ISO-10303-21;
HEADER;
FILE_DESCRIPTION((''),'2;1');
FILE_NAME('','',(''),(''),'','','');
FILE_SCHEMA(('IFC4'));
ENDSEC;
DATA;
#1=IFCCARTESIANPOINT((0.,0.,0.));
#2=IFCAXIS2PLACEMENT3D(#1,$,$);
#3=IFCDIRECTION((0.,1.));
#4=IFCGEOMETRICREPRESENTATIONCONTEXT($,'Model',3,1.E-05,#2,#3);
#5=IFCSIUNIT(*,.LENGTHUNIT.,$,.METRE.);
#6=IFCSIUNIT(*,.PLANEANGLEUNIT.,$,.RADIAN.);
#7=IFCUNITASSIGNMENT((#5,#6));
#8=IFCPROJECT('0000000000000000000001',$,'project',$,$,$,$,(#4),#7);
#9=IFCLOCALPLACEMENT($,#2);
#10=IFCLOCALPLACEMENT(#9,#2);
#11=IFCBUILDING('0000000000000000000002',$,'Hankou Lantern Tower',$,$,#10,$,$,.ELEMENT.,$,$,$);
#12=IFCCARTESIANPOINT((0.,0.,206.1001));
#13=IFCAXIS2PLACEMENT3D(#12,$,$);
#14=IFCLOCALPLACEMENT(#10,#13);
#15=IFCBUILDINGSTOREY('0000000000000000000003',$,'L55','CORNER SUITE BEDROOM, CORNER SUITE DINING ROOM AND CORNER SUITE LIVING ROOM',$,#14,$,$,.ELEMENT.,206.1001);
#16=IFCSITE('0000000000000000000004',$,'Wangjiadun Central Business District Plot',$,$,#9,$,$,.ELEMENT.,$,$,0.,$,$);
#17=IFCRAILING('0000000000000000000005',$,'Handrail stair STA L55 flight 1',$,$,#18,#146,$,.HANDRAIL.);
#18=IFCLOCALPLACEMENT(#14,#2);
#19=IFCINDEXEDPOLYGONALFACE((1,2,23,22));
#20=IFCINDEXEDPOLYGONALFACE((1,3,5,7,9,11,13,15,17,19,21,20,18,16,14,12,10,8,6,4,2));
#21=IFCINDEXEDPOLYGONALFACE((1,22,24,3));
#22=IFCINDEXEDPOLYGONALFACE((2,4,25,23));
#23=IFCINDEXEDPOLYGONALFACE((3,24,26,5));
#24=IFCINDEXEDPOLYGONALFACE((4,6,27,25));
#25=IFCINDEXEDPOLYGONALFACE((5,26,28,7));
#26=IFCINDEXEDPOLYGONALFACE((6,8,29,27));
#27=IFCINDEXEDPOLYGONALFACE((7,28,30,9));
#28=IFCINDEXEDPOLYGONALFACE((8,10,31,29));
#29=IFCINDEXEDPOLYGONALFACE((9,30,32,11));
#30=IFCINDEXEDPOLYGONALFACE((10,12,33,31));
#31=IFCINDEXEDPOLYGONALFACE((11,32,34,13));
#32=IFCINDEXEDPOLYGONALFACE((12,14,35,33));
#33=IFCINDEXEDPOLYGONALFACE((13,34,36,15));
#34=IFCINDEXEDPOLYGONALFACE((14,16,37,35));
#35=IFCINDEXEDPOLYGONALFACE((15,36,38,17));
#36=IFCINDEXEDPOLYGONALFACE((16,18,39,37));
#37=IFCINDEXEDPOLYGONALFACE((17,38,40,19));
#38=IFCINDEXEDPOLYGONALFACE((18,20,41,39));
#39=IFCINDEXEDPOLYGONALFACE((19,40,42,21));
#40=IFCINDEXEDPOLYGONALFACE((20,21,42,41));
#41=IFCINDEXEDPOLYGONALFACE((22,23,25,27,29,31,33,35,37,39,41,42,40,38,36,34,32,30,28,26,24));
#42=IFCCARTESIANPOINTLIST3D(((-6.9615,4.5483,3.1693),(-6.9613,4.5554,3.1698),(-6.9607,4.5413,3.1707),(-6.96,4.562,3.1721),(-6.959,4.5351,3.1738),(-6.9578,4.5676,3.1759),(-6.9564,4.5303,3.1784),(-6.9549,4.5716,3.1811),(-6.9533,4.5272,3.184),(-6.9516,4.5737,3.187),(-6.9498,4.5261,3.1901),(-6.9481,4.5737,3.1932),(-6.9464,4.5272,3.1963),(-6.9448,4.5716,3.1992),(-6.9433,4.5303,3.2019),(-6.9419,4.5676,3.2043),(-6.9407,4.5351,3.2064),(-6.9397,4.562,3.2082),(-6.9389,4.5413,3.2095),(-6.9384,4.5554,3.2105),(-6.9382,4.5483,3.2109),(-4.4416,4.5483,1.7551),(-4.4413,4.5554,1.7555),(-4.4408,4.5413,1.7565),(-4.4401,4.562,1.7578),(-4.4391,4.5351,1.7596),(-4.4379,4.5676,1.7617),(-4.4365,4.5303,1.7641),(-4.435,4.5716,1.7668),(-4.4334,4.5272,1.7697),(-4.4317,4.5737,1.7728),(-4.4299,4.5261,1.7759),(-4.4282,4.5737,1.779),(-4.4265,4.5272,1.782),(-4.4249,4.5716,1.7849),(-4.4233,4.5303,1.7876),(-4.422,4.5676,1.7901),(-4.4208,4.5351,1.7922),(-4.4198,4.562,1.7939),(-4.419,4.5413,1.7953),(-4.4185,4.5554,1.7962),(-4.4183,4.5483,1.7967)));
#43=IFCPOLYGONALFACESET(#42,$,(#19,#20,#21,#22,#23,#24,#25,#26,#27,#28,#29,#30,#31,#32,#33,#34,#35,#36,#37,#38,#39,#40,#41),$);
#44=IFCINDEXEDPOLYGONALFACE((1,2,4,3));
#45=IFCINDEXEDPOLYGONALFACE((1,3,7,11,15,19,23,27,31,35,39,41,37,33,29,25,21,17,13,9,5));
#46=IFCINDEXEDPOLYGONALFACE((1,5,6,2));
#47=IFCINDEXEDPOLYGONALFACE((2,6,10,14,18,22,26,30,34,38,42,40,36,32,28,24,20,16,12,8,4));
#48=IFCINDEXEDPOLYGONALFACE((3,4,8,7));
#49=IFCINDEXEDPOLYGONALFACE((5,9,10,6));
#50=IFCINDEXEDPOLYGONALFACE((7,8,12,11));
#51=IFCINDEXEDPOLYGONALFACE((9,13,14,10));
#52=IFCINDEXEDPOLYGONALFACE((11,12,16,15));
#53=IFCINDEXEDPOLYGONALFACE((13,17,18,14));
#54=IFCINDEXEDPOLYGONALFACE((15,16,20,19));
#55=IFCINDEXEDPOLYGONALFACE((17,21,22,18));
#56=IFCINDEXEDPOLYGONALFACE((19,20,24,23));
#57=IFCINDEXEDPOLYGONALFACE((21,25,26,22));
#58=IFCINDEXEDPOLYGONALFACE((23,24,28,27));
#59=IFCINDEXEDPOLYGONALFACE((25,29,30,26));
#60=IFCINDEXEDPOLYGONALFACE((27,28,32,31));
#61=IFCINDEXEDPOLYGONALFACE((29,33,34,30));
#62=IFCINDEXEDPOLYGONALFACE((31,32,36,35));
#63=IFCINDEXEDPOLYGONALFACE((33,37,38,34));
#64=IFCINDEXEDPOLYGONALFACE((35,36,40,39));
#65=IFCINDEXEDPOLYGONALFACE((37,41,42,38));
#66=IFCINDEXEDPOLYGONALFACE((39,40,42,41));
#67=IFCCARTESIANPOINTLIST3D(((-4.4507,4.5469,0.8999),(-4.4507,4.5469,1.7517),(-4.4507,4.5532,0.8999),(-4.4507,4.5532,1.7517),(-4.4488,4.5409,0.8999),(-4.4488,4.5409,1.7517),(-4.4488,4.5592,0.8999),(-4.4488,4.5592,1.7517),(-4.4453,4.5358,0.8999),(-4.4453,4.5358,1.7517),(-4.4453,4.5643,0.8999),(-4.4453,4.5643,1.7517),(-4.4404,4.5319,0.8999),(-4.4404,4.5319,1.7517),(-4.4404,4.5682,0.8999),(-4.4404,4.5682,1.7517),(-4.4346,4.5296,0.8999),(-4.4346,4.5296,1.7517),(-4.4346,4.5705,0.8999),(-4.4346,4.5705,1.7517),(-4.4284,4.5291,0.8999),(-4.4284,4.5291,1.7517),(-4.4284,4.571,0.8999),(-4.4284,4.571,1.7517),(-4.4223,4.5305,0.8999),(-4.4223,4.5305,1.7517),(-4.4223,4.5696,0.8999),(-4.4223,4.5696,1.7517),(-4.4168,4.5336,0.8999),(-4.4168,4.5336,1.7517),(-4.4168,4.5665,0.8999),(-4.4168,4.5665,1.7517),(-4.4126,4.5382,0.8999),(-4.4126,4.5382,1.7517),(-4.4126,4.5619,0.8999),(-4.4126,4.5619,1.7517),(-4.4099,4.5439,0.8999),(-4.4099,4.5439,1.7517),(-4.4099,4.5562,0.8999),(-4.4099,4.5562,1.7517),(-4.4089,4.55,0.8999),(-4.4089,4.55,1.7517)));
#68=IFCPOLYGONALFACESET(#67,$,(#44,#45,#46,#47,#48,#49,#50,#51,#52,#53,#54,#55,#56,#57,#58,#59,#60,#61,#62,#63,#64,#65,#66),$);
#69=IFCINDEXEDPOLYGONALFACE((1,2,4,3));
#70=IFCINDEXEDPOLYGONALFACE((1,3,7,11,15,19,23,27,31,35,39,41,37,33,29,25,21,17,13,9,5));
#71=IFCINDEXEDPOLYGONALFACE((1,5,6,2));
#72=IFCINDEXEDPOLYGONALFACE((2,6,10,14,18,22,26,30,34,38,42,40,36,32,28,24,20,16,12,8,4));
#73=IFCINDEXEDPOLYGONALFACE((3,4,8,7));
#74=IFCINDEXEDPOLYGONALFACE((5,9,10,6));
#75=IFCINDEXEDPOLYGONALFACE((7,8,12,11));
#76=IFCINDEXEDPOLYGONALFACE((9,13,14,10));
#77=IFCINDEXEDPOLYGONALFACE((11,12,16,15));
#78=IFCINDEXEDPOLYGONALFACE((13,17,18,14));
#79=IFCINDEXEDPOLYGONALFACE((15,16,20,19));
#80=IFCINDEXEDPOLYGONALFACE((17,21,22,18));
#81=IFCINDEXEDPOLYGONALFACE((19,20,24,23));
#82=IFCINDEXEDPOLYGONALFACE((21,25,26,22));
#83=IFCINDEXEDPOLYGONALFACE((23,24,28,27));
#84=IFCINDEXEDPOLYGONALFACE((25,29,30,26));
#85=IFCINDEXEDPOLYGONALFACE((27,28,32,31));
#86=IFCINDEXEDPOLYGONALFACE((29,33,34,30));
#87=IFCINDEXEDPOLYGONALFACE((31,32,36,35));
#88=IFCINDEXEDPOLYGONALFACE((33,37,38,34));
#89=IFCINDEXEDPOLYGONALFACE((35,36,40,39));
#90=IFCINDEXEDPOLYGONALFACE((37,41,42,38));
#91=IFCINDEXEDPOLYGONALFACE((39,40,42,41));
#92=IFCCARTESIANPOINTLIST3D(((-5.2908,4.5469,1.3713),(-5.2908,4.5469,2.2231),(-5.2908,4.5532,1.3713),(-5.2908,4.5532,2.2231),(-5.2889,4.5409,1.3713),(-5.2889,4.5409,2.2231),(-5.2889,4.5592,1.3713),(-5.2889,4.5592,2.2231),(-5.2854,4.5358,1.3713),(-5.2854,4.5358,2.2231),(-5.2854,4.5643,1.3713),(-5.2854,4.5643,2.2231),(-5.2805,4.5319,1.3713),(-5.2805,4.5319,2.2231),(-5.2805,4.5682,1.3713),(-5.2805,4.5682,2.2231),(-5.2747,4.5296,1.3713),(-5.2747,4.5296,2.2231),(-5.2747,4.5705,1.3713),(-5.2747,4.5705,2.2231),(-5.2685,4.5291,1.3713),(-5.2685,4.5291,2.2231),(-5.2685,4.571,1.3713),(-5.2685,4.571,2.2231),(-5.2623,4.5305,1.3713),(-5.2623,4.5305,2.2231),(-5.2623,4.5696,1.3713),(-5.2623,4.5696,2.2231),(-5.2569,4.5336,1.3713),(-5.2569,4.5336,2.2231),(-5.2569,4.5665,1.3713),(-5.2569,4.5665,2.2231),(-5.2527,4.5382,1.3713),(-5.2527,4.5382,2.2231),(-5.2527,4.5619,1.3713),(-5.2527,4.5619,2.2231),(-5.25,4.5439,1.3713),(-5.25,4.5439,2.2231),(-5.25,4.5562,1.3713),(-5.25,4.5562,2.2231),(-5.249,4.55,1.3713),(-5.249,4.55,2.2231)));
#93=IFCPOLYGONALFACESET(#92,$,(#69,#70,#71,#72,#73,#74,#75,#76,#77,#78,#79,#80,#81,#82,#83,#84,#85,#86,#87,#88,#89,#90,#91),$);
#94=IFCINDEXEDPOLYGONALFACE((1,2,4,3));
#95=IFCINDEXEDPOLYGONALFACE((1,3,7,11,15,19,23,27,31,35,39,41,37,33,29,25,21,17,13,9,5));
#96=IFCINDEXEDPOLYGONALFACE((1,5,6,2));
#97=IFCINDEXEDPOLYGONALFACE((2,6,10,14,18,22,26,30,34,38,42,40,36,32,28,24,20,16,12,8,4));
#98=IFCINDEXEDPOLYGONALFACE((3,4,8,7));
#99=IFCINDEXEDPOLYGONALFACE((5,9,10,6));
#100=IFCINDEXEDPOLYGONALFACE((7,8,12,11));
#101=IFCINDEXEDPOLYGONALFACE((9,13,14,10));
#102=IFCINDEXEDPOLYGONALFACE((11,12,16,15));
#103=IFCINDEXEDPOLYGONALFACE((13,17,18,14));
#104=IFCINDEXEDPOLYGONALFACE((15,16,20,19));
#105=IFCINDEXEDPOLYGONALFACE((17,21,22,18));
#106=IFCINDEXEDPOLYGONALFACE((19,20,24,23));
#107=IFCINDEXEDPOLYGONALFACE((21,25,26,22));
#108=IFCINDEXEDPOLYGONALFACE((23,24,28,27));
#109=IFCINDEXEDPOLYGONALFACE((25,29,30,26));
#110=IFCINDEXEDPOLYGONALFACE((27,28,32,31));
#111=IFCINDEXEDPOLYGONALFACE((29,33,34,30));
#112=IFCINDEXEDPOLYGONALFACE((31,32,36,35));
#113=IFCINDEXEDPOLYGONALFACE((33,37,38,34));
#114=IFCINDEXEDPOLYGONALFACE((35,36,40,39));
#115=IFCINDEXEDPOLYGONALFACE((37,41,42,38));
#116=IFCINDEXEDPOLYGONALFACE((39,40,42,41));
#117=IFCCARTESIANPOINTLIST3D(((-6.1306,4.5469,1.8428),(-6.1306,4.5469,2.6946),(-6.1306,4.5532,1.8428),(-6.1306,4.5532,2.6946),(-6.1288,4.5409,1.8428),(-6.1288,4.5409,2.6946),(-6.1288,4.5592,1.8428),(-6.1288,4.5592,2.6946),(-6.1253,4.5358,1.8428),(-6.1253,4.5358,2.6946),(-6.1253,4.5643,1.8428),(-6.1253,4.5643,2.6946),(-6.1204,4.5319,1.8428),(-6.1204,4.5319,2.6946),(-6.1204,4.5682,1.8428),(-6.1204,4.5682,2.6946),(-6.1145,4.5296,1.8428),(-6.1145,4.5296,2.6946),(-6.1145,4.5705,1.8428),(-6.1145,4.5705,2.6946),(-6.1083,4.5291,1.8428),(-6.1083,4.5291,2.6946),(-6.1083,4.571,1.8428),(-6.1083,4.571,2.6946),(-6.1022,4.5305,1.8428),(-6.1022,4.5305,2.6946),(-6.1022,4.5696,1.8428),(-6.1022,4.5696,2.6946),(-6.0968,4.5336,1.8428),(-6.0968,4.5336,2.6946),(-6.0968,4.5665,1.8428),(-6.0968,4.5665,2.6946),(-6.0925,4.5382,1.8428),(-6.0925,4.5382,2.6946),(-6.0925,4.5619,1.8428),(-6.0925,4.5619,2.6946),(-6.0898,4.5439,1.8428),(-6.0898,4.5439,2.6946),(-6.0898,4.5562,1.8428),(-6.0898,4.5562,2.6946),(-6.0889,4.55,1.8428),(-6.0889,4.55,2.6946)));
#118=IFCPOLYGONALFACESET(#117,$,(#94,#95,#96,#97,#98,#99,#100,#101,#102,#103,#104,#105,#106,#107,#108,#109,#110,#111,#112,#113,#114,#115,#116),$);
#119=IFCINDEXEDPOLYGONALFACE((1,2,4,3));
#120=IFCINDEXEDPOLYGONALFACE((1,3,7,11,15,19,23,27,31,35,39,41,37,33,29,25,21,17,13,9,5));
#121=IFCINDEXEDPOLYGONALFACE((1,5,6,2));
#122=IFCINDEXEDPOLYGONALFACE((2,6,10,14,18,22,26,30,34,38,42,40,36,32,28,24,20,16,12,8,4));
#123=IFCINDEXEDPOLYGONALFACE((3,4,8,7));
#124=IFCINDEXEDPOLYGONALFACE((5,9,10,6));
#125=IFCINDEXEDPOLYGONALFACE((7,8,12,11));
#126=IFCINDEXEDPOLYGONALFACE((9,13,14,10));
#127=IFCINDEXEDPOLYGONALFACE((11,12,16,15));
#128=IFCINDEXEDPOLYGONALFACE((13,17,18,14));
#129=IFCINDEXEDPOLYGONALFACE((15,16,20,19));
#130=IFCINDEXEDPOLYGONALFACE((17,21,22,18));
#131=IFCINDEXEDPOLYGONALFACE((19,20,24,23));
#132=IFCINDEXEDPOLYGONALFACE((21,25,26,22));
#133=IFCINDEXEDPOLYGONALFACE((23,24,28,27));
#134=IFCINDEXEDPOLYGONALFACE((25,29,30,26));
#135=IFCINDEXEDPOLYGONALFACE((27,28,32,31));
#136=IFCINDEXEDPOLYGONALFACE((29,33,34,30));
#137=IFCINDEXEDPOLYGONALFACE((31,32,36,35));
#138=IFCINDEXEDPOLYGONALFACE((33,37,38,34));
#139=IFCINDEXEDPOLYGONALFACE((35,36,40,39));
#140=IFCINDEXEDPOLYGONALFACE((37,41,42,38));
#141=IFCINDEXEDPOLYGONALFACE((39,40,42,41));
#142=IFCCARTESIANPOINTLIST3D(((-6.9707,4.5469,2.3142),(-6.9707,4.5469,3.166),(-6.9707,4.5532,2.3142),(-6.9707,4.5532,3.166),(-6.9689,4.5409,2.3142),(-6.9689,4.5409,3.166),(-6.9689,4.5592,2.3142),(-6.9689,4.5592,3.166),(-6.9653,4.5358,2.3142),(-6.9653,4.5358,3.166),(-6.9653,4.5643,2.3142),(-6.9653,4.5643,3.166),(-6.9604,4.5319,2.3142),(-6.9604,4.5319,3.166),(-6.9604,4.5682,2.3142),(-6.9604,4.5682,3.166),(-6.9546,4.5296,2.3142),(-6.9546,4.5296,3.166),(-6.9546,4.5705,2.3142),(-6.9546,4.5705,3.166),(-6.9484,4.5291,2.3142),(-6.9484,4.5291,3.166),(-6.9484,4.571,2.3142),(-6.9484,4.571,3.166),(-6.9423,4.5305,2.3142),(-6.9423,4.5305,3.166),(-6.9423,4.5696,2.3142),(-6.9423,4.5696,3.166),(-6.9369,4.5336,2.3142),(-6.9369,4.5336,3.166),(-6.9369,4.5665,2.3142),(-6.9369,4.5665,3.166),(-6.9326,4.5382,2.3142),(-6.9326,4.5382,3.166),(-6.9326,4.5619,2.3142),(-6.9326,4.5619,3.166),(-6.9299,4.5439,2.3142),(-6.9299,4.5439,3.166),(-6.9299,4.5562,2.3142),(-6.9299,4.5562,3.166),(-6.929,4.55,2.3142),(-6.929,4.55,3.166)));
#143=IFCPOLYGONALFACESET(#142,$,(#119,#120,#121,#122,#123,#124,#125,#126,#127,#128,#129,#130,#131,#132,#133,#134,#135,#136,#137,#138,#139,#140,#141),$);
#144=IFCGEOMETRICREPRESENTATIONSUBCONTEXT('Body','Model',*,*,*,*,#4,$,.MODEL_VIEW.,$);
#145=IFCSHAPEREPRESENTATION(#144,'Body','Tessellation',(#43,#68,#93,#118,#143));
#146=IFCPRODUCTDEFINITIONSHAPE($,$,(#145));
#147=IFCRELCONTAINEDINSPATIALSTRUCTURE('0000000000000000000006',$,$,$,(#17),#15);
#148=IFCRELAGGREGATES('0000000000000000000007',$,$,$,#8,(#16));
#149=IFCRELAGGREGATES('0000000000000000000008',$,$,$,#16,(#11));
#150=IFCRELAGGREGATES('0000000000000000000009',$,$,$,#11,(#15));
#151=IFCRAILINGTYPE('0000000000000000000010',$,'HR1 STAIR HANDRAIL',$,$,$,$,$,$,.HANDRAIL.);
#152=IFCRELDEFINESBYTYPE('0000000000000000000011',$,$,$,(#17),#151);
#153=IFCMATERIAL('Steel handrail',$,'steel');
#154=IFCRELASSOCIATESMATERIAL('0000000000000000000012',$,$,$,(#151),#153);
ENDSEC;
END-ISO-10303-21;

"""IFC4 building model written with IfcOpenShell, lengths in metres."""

from ifc_helpers import new_model, si_unit, direction, frame, origin, origin_2d, place, context, subcontext, project, spatial, circle, extrude, material, type_object, element, save


model = new_model("IFC4")

# Units and contexts
model_context = context("Model", 3, precision=1e-05, world=origin(), true_north=direction((0.0, 1.0)))
body_context = subcontext(model_context, "Body", "Model", "MODEL_VIEW")
ifc_project = project(units=[si_unit("LENGTHUNIT", "METRE"), si_unit("PLANEANGLEUNIT", "RADIAN")], contexts=[model_context])

# Site, building, storey
site_placement = place(None, origin())
site = spatial("IfcSite", under=ifc_project, at=site_placement, Name="Wangjiadun Central Business District Plot", CompositionType="ELEMENT", RefElevation=0.0)
building_placement = place(site_placement, origin())
building = spatial("IfcBuilding", under=site, at=building_placement, Name="Hankou Lantern Tower", CompositionType="ELEMENT")
storey_placement = place(building_placement, frame((0.0, 0.0, 206.1001)))
storey = spatial("IfcBuildingStorey", under=building, at=storey_placement, Name="L55", Description="CORNER SUITE BEDROOM, CORNER SUITE DINING ROOM AND CORNER SUITE LIVING ROOM", CompositionType="ELEMENT", Elevation=206.1001)

# Railing
ifc_material_1 = material(Name="Steel handrail", Category="steel")
railing_type = type_object("IfcRailingType", Name="HR1 STAIR HANDRAIL", PredefinedType="HANDRAIL", material=ifc_material_1)
railing_1_placement = place(storey_placement, frame((-4.4299, 4.55, 0.8999)))
element("IfcRailing", 1, at=railing_1_placement, inside=storey, type_object=railing_type, Name="Handrail stair STA L55 flight 1", PredefinedType="HANDRAIL", context=body_context, shape_type="SweptSolid", body=[
    extrude(circle(Radius=0.0239, at=origin_2d()), frame((0.0, 0.0, 0.876), z_axis=(-0.872049, 0.0, 0.489419), x_axis=(0.0, -1.0, 0.0)), (0.0, 0.0, 1.0), 2.8896),
    extrude(circle(Radius=0.021, at=origin_2d()), origin(), (0.0, 0.0, 1.0), 0.8518),
    extrude(circle(Radius=0.021, at=origin_2d()), frame((-0.8401, 0.0, 0.4714)), (0.0, 0.0, 1.0), 0.8518),
    extrude(circle(Radius=0.021, at=origin_2d()), frame((-1.6799, 0.0, 0.9429)), (0.0, 0.0, 1.0), 0.8518),
    extrude(circle(Radius=0.021, at=origin_2d()), frame((-2.52, 0.0, 1.4143)), (0.0, 0.0, 1.0), 0.8518),
])

save(model, "model.ifc")
